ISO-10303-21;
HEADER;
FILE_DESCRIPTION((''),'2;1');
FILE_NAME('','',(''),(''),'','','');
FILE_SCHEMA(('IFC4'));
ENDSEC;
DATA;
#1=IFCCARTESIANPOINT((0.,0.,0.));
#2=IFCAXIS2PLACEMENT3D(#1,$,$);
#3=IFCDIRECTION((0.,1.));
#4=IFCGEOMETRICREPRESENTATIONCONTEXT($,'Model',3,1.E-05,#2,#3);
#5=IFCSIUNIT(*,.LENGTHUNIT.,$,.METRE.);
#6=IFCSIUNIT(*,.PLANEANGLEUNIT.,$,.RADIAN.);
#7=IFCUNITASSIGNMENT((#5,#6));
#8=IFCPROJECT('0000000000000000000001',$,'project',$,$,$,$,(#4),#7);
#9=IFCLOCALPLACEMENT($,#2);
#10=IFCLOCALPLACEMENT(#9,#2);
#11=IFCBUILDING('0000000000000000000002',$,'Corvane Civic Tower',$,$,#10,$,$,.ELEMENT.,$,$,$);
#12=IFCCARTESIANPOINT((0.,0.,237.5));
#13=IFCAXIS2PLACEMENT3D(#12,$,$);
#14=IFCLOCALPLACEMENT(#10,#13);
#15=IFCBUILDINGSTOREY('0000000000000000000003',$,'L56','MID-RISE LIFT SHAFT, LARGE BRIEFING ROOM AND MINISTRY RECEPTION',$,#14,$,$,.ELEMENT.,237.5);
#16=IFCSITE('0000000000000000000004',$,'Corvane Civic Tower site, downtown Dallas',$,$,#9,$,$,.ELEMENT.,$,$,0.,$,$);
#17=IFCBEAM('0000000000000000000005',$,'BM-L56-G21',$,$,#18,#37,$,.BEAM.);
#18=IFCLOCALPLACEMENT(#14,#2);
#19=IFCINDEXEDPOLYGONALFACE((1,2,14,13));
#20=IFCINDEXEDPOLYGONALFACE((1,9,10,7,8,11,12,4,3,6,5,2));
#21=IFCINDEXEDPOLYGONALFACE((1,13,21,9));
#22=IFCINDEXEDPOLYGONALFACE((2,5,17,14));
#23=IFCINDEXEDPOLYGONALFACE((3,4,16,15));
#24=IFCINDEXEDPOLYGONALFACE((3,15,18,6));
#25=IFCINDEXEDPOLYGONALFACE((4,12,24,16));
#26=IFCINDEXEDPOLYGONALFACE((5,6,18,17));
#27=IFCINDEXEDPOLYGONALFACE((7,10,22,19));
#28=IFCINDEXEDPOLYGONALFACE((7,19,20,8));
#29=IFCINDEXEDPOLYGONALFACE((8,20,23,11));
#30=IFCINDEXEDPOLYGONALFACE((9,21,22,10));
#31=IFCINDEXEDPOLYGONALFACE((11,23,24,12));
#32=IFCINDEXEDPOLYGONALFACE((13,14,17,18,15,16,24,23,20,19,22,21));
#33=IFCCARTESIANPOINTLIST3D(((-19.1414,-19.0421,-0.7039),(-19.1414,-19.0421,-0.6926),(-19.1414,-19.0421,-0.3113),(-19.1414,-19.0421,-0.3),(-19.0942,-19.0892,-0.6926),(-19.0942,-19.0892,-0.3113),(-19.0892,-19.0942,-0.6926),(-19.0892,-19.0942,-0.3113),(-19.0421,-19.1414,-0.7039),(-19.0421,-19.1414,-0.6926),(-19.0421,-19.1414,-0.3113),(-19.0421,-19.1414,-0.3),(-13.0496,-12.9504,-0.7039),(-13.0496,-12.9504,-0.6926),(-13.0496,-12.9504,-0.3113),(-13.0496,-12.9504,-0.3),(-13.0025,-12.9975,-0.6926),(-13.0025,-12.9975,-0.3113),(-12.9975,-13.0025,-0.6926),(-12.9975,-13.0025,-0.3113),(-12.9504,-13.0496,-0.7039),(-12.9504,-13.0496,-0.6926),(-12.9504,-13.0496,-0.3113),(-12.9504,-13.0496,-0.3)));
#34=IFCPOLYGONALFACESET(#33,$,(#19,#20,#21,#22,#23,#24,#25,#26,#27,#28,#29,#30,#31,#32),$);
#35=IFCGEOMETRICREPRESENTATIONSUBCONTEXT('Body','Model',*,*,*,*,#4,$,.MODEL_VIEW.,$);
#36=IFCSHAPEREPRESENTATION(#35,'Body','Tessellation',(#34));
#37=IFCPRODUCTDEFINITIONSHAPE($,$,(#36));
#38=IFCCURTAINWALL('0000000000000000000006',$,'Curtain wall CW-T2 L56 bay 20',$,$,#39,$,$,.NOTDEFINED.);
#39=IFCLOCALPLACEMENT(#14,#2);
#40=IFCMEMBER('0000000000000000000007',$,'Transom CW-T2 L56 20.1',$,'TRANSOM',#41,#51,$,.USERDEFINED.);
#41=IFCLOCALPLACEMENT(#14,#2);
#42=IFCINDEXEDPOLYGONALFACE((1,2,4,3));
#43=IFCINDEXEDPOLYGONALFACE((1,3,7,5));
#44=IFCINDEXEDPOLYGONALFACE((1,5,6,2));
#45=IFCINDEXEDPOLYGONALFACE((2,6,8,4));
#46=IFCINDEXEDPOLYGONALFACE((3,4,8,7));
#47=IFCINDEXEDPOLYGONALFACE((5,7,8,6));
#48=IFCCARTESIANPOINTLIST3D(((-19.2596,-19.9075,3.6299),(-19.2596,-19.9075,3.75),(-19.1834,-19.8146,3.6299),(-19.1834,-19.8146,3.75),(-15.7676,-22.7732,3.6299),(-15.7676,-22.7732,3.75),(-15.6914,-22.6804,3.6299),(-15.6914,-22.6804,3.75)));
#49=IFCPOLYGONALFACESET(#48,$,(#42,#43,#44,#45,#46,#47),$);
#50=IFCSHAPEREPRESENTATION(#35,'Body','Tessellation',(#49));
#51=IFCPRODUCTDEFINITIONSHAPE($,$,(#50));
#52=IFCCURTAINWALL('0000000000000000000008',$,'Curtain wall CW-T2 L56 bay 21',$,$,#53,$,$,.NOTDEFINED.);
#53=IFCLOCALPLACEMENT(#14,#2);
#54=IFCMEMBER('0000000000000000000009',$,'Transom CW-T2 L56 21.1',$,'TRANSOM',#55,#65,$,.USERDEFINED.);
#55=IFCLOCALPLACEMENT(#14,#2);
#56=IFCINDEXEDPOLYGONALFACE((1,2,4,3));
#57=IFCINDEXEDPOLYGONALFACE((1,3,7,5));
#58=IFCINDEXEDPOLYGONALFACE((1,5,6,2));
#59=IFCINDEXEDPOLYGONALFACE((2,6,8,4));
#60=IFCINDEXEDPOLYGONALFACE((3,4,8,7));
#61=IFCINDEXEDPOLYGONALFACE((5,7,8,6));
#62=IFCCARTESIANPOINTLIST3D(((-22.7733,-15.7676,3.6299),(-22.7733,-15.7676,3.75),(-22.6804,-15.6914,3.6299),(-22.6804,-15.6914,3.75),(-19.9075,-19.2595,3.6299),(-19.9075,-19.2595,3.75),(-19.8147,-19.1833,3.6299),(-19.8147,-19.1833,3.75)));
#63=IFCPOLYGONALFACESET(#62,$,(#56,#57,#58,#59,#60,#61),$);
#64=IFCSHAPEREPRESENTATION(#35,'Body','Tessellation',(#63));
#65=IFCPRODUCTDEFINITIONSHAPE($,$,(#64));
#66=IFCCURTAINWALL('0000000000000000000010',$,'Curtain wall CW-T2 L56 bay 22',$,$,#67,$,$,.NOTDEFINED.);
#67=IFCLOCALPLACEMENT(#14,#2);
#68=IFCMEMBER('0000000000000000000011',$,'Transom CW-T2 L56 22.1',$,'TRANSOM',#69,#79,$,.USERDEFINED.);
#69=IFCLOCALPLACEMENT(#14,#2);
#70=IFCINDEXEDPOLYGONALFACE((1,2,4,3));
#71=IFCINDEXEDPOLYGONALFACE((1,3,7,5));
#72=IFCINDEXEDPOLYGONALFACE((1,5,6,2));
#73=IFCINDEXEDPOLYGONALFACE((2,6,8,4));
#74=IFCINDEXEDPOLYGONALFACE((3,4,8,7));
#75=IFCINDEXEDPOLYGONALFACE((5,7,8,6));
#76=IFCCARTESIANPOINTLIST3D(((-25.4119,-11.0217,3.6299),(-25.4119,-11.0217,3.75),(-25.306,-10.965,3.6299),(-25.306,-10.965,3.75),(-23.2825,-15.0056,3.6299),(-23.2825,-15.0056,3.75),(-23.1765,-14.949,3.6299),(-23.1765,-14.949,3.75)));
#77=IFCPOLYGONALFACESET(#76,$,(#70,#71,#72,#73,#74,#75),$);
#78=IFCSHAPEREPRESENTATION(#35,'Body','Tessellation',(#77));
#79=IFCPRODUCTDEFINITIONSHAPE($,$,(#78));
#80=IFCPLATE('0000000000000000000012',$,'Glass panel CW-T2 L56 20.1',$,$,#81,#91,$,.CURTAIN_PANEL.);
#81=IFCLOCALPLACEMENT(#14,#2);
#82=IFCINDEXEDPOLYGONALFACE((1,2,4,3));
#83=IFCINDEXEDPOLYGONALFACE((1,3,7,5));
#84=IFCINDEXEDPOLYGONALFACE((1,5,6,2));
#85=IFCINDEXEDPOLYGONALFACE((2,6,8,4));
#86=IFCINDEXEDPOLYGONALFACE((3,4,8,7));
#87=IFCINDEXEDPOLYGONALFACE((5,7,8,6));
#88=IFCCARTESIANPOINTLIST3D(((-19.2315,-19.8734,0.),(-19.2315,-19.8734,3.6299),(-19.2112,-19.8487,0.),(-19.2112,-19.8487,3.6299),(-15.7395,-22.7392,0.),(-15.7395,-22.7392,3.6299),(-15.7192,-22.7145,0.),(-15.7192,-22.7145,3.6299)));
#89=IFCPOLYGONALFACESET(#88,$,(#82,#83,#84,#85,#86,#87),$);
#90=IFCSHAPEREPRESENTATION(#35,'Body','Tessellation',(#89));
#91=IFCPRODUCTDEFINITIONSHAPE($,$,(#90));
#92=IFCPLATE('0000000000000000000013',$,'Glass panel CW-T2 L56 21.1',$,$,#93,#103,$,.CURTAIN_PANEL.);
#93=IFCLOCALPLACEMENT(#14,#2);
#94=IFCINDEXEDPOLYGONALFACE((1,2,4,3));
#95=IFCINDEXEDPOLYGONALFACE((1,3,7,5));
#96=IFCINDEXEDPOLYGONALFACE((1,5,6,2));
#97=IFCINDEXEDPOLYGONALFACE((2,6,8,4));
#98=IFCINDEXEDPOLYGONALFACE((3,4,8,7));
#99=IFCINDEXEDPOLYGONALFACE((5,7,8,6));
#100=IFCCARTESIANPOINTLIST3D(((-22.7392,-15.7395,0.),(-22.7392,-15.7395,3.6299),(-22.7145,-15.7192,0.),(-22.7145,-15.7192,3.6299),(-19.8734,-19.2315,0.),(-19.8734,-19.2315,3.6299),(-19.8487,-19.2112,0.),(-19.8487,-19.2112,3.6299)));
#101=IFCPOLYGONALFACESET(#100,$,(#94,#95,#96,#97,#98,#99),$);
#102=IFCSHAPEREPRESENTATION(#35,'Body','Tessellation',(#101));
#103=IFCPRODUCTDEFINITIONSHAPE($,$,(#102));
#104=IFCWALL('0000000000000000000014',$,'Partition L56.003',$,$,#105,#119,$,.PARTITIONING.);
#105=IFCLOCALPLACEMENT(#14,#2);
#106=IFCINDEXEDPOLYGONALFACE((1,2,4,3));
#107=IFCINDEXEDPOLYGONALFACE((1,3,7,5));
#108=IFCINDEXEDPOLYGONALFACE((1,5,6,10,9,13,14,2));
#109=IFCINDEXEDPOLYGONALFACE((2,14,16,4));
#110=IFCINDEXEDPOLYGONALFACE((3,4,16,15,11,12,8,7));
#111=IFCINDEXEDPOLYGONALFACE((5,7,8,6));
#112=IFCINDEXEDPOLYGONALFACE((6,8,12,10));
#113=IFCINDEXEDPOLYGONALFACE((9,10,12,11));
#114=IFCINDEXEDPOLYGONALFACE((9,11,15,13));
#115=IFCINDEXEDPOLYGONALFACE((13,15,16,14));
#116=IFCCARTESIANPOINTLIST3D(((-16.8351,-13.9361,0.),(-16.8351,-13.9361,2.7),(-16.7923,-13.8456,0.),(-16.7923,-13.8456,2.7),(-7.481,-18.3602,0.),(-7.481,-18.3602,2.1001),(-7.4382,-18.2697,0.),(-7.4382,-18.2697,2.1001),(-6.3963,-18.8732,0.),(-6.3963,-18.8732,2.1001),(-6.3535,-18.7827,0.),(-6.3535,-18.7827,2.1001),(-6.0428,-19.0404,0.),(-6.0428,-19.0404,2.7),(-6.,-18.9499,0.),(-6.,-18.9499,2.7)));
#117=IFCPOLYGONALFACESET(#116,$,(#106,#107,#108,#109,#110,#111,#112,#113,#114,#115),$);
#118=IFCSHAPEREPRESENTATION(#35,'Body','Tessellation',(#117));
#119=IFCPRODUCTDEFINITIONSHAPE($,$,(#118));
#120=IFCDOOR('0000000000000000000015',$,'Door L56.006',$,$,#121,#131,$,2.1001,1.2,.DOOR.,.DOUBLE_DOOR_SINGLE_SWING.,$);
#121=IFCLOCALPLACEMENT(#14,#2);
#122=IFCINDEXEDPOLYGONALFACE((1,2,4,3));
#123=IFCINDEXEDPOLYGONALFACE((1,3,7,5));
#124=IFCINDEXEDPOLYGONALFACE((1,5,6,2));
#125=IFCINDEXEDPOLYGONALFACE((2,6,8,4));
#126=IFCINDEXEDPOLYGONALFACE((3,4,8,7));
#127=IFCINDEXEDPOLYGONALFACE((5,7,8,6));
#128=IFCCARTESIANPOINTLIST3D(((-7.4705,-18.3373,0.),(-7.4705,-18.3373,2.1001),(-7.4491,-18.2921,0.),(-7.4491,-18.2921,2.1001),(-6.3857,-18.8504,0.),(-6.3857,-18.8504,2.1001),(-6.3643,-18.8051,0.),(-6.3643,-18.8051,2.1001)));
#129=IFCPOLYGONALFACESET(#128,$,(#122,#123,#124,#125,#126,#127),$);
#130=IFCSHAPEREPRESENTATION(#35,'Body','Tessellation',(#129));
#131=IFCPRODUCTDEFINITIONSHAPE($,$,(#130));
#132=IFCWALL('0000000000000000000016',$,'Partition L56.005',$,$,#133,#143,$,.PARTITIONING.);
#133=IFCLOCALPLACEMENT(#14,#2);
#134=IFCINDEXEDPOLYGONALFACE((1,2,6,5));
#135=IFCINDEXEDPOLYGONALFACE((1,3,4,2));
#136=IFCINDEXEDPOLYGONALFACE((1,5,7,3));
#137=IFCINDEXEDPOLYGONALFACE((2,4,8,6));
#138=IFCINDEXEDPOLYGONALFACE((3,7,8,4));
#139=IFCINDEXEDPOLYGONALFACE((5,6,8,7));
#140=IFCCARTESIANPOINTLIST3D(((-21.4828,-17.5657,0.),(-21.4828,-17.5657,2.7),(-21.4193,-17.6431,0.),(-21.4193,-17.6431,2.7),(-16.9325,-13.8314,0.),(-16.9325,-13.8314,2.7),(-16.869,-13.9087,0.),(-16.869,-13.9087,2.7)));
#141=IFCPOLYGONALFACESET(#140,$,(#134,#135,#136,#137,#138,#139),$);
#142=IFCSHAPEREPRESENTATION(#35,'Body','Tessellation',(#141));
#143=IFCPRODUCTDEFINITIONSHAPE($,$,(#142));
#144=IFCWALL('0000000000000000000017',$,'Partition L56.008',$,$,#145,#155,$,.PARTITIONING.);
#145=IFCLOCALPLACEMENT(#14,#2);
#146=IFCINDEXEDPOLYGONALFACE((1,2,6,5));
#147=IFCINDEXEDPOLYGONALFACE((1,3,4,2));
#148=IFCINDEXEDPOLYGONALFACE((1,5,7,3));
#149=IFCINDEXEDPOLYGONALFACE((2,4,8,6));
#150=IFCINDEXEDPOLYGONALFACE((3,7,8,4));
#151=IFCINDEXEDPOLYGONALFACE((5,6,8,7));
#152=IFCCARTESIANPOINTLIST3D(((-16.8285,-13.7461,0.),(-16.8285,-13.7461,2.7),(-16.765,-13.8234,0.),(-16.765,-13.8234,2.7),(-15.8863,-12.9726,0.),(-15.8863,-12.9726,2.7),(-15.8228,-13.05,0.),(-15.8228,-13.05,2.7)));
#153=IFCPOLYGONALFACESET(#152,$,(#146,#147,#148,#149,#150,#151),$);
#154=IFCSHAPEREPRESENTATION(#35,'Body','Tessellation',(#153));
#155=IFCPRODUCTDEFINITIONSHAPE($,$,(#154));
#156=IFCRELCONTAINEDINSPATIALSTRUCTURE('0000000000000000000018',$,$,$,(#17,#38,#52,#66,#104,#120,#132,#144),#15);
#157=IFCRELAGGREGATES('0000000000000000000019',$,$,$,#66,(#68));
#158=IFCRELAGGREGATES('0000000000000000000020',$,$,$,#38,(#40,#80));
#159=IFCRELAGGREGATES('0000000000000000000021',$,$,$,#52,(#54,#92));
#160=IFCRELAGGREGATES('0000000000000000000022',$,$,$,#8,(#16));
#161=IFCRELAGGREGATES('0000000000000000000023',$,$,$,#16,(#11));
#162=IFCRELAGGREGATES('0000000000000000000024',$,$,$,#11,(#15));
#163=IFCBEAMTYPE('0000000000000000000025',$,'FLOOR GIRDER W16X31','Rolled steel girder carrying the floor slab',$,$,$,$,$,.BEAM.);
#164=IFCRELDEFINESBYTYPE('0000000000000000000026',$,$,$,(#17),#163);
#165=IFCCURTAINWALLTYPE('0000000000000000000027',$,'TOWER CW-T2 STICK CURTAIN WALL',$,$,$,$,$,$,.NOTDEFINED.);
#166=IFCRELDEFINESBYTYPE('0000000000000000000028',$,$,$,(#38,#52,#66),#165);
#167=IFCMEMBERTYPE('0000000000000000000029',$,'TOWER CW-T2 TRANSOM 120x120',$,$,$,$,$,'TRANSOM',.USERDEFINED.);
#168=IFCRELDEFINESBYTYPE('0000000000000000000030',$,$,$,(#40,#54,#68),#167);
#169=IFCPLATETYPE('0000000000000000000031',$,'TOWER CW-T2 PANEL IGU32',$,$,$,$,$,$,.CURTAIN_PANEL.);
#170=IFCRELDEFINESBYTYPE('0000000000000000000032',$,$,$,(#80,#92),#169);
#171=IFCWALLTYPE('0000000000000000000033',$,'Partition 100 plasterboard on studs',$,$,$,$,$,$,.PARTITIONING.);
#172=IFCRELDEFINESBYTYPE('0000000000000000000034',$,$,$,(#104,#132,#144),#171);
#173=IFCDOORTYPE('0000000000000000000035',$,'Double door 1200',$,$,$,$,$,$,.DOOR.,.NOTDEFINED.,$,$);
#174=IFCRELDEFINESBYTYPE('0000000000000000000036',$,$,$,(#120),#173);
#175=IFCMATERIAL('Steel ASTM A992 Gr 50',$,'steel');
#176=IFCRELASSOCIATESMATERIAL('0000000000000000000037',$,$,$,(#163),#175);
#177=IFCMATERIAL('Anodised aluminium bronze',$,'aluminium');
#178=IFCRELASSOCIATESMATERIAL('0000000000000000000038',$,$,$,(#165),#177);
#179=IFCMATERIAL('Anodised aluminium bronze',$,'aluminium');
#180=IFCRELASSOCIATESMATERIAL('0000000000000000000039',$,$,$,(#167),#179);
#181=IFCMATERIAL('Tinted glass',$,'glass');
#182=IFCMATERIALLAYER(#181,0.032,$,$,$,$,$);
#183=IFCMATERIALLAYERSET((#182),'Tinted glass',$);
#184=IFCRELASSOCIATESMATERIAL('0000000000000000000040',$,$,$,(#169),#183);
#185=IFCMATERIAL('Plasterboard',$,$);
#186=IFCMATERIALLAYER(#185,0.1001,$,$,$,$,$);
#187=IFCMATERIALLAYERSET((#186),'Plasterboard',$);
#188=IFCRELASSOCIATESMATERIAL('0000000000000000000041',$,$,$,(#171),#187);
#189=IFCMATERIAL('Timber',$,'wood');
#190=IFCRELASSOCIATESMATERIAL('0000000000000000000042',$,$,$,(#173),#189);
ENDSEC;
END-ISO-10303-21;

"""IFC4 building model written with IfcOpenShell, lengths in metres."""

from ifc_helpers import new_model, si_unit, direction, frame, frame_2d, origin, origin_2d, place, context, subcontext, project, spatial, rectangle, i_section, extrude, material, layer, layer_set, material_profile, profile_set, type_object, element, fill, aggregate, save


model = new_model("IFC4")

# Units and contexts
model_context = context("Model", 3, precision=1e-05, world=origin(), true_north=direction((0.0, 1.0)))
body_context = subcontext(model_context, "Body", "Model", "MODEL_VIEW")
ifc_project = project(units=[si_unit("LENGTHUNIT", "METRE"), si_unit("PLANEANGLEUNIT", "RADIAN")], contexts=[model_context])

# Site, building, storey
site_placement = place(None, origin())
site = spatial("IfcSite", under=ifc_project, at=site_placement, Name="Corvane Civic Tower site, downtown Dallas", CompositionType="ELEMENT", RefElevation=0.0)
building_placement = place(site_placement, origin())
building = spatial("IfcBuilding", under=site, at=building_placement, Name="Corvane Civic Tower", CompositionType="ELEMENT")
storey_placement = place(building_placement, frame((0.0, 0.0, 237.5)))
storey = spatial("IfcBuildingStorey", under=building, at=storey_placement, Name="L56", Description="MID-RISE LIFT SHAFT, LARGE BRIEFING ROOM AND MINISTRY RECEPTION", CompositionType="ELEMENT", Elevation=237.5)

# Beam
ifc_material_1 = material(Name="Steel ASTM A992 Gr 50", Category="steel")
ifc_material_profile_1 = material_profile(ifc_material_1, i_section(OverallWidth=0.1404, OverallDepth=0.4038, WebThickness=0.0071, FlangeThickness=0.0112, at=origin_2d()), Name="W16X31")
ifc_profile_set_1 = profile_set([ifc_material_profile_1], Name="Steel ASTM A992 Gr 50")
beam_type_1 = type_object("IfcBeamType", Name="FLOOR GIRDER W16X31", Description="Rolled steel girder carrying the floor slab", PredefinedType="BEAM", material=ifc_profile_set_1)
beam_placement = place(storey_placement, frame((-13.0, -13.0, -0.502), z_axis=(-0.707107, -0.707107, 0.0), x_axis=(0.707107, -0.707107, 0.0)))
element("IfcBeam", 1, at=beam_placement, inside=storey, type_object=beam_type_1, Name="BM-L56-G21", PredefinedType="BEAM", context=body_context, shape_type="SweptSolid", body=[
    extrude(i_section(OverallWidth=0.1404, OverallDepth=0.4038, WebThickness=0.0071, FlangeThickness=0.0112, at=origin_2d()), origin(), (0.0, 0.0, 1.0), 8.615),
])

# Curtain walls, members
ifc_material_2 = material(Name="Anodised aluminium bronze", Category="aluminium")
curtain_wall_type = type_object("IfcCurtainWallType", Name="TOWER CW-T2 STICK CURTAIN WALL", PredefinedType="NOTDEFINED", material=ifc_material_2)
curtain_wall_1_placement = place(storey_placement, origin())
curtain_wall_1 = element("IfcCurtainWall", 2, at=curtain_wall_1_placement, inside=storey, type_object=curtain_wall_type, Name="Curtain wall CW-T2 L56 bay 20", PredefinedType="NOTDEFINED")
ifc_material_3 = material(Name="Anodised aluminium bronze", Category="aluminium")
ifc_material_profile_2 = material_profile(ifc_material_3, rectangle(XDim=0.1201, YDim=0.1201, at=origin_2d()), Name="TOWER CW-T2 TRANSOM 120x120")
ifc_profile_set_2 = profile_set([ifc_material_profile_2], Name="Anodised aluminium bronze")
member_type = type_object("IfcMemberType", Name="TOWER CW-T2 TRANSOM 120x120", ElementType="TRANSOM", PredefinedType="USERDEFINED", material=ifc_profile_set_2)
member_1_placement = place(storey_placement, frame((-15.7295, -22.7268, 3.6899), z_axis=(-0.773015, 0.634388, 0.0), x_axis=(-0.634388, -0.773015, 0.0)))
member_1 = element("IfcMember", 3, at=member_1_placement, type_object=member_type, Name="Transom CW-T2 L56 20.1", ObjectType="TRANSOM", PredefinedType="USERDEFINED", context=body_context, shape_type="SweptSolid", body=[
    extrude(rectangle(XDim=0.1201, YDim=0.1201, at=origin_2d()), origin(), (0.0, 0.0, 1.0), 4.5173),
])
curtain_wall_2_placement = place(storey_placement, origin())
curtain_wall_2 = element("IfcCurtainWall", 4, at=curtain_wall_2_placement, inside=storey, type_object=curtain_wall_type, Name="Curtain wall CW-T2 L56 bay 21", PredefinedType="NOTDEFINED")
member_2_placement = place(storey_placement, frame((-19.8611, -19.2214, 3.6899), z_axis=(-0.634388, 0.773015, 0.0), x_axis=(-0.773015, -0.634388, 0.0)))
member_2 = element("IfcMember", 5, at=member_2_placement, type_object=member_type, Name="Transom CW-T2 L56 21.1", ObjectType="TRANSOM", PredefinedType="USERDEFINED", context=body_context, shape_type="SweptSolid", body=[
    extrude(rectangle(XDim=0.1201, YDim=0.1201, at=origin_2d()), origin(), (0.0, 0.0, 1.0), 4.5173),
])
curtain_wall_3_placement = place(storey_placement, origin())
curtain_wall_3 = element("IfcCurtainWall", 6, at=curtain_wall_3_placement, inside=storey, type_object=curtain_wall_type, Name="Curtain wall CW-T2 L56 bay 22", PredefinedType="NOTDEFINED")
member_3_placement = place(storey_placement, frame((-23.2295, -14.9773, 3.6899), z_axis=(-0.47139, 0.881925, 0.0), x_axis=(-0.881925, -0.47139, 0.0)))
member_3 = element("IfcMember", 7, at=member_3_placement, type_object=member_type, Name="Transom CW-T2 L56 22.1", ObjectType="TRANSOM", PredefinedType="USERDEFINED", context=body_context, shape_type="SweptSolid", body=[
    extrude(rectangle(XDim=0.1201, YDim=0.1201, at=origin_2d()), origin(), (0.0, 0.0, 1.0), 4.5173),
])
aggregate(curtain_wall_3, [member_3])

# Plates
ifc_material_4 = material(Name="Tinted glass", Category="glass")
ifc_layer_1 = layer(ifc_material_4, 0.032)
ifc_layer_set_1 = layer_set([ifc_layer_1], Name="Tinted glass")
plate_type = type_object("IfcPlateType", Name="TOWER CW-T2 PANEL IGU32", PredefinedType="CURTAIN_PANEL", material=ifc_layer_set_1)
plate_1_placement = place(storey_placement, frame((-17.4753, -21.2939, 0.0), z_axis=(0.0, 0.0, 1.0), x_axis=(-0.773012, 0.634391, 0.0)))
plate_1 = element("IfcPlate", 8, at=plate_1_placement, type_object=plate_type, Name="Glass panel CW-T2 L56 20.1", PredefinedType="CURTAIN_PANEL", context=body_context, shape_type="SweptSolid", body=[
    extrude(rectangle(XDim=4.5173, YDim=0.032, at=origin_2d()), origin(), (0.0, 0.0, 1.0), 3.6299),
])
aggregate(curtain_wall_1, [member_1, plate_1])
plate_2_placement = place(storey_placement, frame((-21.2939, -17.4753, 0.0), z_axis=(0.0, 0.0, 1.0), x_axis=(-0.634391, 0.773012, 0.0)))
plate_2 = element("IfcPlate", 9, at=plate_2_placement, type_object=plate_type, Name="Glass panel CW-T2 L56 21.1", PredefinedType="CURTAIN_PANEL", context=body_context, shape_type="SweptSolid", body=[
    extrude(rectangle(XDim=4.5173, YDim=0.032, at=origin_2d()), origin(), (0.0, 0.0, 1.0), 3.6299),
])
aggregate(curtain_wall_2, [member_2, plate_2])

# Wall, opening, door
ifc_material_5 = material(Name="Plasterboard")
ifc_layer_2 = layer(ifc_material_5, 0.1001)
ifc_layer_set_2 = layer_set([ifc_layer_2], Name="Plasterboard")
wall_type_1 = type_object("IfcWallType", Name="Partition 100 plasterboard on studs", PredefinedType="PARTITIONING", material=ifc_layer_set_2)
wall_1_placement = place(storey_placement, frame((-16.8137, -13.8909, 0.0), z_axis=(0.0, 0.0, 1.0), x_axis=(0.903993, -0.427548, 0.0)))
wall_1 = element("IfcWall", 10, at=wall_1_placement, inside=storey, type_object=wall_type_1, Name="Partition L56.003", PredefinedType="PARTITIONING", context=body_context, shape_type="SweptSolid", body=[
    extrude(rectangle(XDim=11.9385, YDim=0.1001, at=frame_2d((5.9692, 0.0))), origin(), (0.0, 0.0, 1.0), 2.7),
])
opening_1_placement = place(wall_1_placement, frame((10.3474, 0.0, 0.0)))
opening_1 = element("IfcOpeningElement", 11, at=opening_1_placement, cuts=wall_1, PredefinedType="OPENING", context=body_context, shape_type="SweptSolid", body=[
    extrude(rectangle(XDim=1.2, YDim=2.1001, at=frame_2d((0.6001, 1.05))), frame((0.0, 0.0601, 0.0), z_axis=(0.0, -1.0, 0.0), x_axis=(1.0, 0.0, 0.0)), (0.0, 0.0, 1.0), 0.1201),
])
ifc_material_6 = material(Name="Timber", Category="wood")
door_type_1 = type_object("IfcDoorType", Name="Double door 1200", OperationType="NOTDEFINED", PredefinedType="DOOR", material=ifc_material_6)
door_1_placement = place(opening_1_placement, frame((1.2, 0.0, 0.0), z_axis=(0.0, 0.0, 1.0), x_axis=(-1.0, 0.0, 0.0)))
door_1 = element("IfcDoor", 12, at=door_1_placement, inside=storey, type_object=door_type_1, Name="Door L56.006", OperationType="DOUBLE_DOOR_SINGLE_SWING", OverallHeight=2.1001, OverallWidth=1.2, PredefinedType="DOOR", context=body_context, shape_type="SweptSolid", body=[
    extrude(rectangle(XDim=1.2, YDim=2.1001, at=frame_2d((0.6001, 1.05))), frame((0.0, 0.0249, 0.0), z_axis=(0.0, -1.0, 0.0), x_axis=(1.0, 0.0, 0.0)), (0.0, 0.0, 1.0), 0.05),
])
fill(opening_1, door_1)

# Walls
wall_2_placement = place(storey_placement, frame((-21.4512, -17.6045, 0.0), z_axis=(0.0, 0.0, 1.0), x_axis=(0.773007, 0.634398, 0.0)))
element("IfcWall", 13, at=wall_2_placement, inside=storey, type_object=wall_type_1, Name="Partition L56.005", PredefinedType="PARTITIONING", context=body_context, shape_type="SweptSolid", body=[
    extrude(rectangle(XDim=5.8865, YDim=0.1001, at=frame_2d((2.9434, 0.0))), origin(), (0.0, 0.0, 1.0), 2.7),
])
wall_3_placement = place(storey_placement, frame((-16.7966, -13.7847, 0.0), z_axis=(0.0, 0.0, 1.0), x_axis=(0.772912, 0.634513, 0.0)))
element("IfcWall", 14, at=wall_3_placement, inside=storey, type_object=wall_type_1, Name="Partition L56.008", PredefinedType="PARTITIONING", context=body_context, shape_type="SweptSolid", body=[
    extrude(rectangle(XDim=1.219, YDim=0.1001, at=frame_2d((0.6094, 0.0))), origin(), (0.0, 0.0, 1.0), 2.7),
])

save(model, "model.ifc")
